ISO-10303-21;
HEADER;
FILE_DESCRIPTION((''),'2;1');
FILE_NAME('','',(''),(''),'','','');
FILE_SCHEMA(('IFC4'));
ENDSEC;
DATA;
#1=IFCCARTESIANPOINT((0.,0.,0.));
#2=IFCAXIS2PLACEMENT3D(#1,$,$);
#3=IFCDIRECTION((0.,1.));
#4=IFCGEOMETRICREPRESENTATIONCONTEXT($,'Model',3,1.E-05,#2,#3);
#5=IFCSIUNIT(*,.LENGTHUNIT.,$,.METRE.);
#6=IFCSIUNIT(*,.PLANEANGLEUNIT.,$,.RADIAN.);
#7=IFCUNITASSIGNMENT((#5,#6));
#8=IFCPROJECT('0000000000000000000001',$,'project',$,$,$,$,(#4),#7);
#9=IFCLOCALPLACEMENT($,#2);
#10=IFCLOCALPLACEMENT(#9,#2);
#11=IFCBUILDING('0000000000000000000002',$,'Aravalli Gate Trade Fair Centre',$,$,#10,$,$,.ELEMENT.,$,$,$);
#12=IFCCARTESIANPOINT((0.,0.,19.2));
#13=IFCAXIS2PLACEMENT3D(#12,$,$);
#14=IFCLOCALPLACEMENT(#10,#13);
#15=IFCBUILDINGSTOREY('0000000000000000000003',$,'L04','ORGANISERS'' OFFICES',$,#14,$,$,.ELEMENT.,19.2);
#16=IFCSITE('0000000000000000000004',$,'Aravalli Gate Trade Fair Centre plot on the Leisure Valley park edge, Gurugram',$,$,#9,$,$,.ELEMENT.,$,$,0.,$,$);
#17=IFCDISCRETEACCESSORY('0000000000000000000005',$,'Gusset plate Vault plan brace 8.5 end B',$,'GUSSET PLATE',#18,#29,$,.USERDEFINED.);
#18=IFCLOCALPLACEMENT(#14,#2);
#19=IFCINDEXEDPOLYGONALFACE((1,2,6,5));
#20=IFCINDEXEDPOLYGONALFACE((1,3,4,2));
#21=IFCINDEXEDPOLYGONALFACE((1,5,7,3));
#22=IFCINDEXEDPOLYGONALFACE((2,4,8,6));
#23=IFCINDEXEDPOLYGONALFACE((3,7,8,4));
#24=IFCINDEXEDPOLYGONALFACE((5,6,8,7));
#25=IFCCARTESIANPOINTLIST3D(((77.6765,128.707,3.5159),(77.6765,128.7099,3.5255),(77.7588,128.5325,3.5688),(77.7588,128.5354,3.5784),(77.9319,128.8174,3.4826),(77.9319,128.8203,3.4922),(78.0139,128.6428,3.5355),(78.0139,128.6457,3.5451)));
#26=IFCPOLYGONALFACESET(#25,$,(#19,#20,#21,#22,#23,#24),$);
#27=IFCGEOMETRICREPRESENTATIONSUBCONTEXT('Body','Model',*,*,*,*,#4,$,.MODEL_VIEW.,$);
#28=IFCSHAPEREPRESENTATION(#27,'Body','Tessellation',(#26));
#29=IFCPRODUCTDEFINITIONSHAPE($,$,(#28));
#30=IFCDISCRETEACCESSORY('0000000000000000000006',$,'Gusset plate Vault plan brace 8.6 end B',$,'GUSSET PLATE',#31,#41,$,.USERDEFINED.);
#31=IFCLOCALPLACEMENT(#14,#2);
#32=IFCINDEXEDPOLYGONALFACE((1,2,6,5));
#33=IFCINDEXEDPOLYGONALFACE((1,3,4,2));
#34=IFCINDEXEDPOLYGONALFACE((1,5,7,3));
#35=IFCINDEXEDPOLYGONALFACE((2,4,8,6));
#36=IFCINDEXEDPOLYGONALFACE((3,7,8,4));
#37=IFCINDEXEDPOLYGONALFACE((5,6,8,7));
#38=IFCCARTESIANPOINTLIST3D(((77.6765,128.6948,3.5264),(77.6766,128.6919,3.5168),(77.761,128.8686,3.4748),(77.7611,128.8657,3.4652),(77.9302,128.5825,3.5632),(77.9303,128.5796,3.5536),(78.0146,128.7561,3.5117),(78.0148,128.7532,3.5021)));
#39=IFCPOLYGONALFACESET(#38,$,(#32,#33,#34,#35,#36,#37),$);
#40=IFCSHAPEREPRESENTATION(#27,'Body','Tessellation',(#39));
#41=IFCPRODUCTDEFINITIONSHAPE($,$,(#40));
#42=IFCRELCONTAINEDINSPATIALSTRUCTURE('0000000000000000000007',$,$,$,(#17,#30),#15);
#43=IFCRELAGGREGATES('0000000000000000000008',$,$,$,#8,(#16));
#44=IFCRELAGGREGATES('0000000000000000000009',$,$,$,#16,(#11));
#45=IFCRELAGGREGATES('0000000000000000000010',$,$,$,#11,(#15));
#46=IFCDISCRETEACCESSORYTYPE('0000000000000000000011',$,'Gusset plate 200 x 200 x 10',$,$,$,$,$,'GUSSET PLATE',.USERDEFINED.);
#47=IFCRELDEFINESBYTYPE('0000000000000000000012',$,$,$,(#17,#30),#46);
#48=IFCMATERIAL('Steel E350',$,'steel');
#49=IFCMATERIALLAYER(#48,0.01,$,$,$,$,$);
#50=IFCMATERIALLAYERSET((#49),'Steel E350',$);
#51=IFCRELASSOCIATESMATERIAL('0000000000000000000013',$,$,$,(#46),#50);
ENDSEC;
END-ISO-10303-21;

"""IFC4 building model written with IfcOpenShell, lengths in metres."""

from ifc_helpers import new_model, si_unit, direction, frame, origin, place, context, subcontext, project, spatial, polyline, outline, extrude, material, layer, layer_set, type_object, element, save


model = new_model("IFC4")

# Units and contexts
model_context = context("Model", 3, precision=1e-05, world=origin(), true_north=direction((0.0, 1.0)))
body_context = subcontext(model_context, "Body", "Model", "MODEL_VIEW")
ifc_project = project(units=[si_unit("LENGTHUNIT", "METRE"), si_unit("PLANEANGLEUNIT", "RADIAN")], contexts=[model_context])

# Site, building, storey
site_placement = place(None, origin())
site = spatial("IfcSite", under=ifc_project, at=site_placement, Name="Aravalli Gate Trade Fair Centre plot on the Leisure Valley park edge, Gurugram", CompositionType="ELEMENT", RefElevation=0.0)
building_placement = place(site_placement, origin())
building = spatial("IfcBuilding", under=site, at=building_placement, Name="Aravalli Gate Trade Fair Centre", CompositionType="ELEMENT")
storey_placement = place(building_placement, frame((0.0, 0.0, 19.2)))
storey = spatial("IfcBuildingStorey", under=building, at=storey_placement, Name="L04", Description="ORGANISERS' OFFICES", CompositionType="ELEMENT", Elevation=19.2)

# Shared definitions
ifc_material_1 = material(Name="Steel E350", Category="steel")

# Discrete accessories
ifc_layer_1 = layer(ifc_material_1, 0.01)
ifc_layer_set_1 = layer_set([ifc_layer_1], Name="Steel E350")
discrete_accessory_type = type_object("IfcDiscreteAccessoryType", Name="Gusset plate 200 x 200 x 10", ElementType="GUSSET PLATE", PredefinedType="USERDEFINED", material=ifc_layer_set_1)
discrete_accessory_1_placement = place(storey_placement, frame((77.7588, 128.5354, 3.5784), z_axis=(-0.000277, 0.289684, 0.957122), x_axis=(0.911344, 0.394068, -0.119005)))
element("IfcDiscreteAccessory", 1, at=discrete_accessory_1_placement, inside=storey, type_object=discrete_accessory_type, Name="Gusset plate Vault plan brace 8.5 end B", ObjectType="GUSSET PLATE", PredefinedType="USERDEFINED", context=body_context, shape_type="SweptSolid", body=[
    extrude(outline(polyline([(0.0, 0.0), (0.2799, 0.0), (0.2803, 0.2), (0.0001, 0.2001), (0.0, 0.0)])), origin(), (0.0, 0.0, -1.0), 0.01),
])
discrete_accessory_2_placement = place(storey_placement, frame((77.6765, 128.6948, 3.5264), z_axis=(-0.010941, 0.289188, 0.95721), x_axis=(0.906424, -0.40134, 0.131612)))
element("IfcDiscreteAccessory", 2, at=discrete_accessory_2_placement, inside=storey, type_object=discrete_accessory_type, Name="Gusset plate Vault plan brace 8.6 end B", ObjectType="GUSSET PLATE", PredefinedType="USERDEFINED", context=body_context, shape_type="SweptSolid", body=[
    extrude(outline(polyline([(0.0, 0.0), (0.2798, 0.0), (0.28, 0.1998), (0.0, 0.2), (0.0, 0.0)])), origin(), (0.0, 0.0, -1.0), 0.01),
])

save(model, "model.ifc")
